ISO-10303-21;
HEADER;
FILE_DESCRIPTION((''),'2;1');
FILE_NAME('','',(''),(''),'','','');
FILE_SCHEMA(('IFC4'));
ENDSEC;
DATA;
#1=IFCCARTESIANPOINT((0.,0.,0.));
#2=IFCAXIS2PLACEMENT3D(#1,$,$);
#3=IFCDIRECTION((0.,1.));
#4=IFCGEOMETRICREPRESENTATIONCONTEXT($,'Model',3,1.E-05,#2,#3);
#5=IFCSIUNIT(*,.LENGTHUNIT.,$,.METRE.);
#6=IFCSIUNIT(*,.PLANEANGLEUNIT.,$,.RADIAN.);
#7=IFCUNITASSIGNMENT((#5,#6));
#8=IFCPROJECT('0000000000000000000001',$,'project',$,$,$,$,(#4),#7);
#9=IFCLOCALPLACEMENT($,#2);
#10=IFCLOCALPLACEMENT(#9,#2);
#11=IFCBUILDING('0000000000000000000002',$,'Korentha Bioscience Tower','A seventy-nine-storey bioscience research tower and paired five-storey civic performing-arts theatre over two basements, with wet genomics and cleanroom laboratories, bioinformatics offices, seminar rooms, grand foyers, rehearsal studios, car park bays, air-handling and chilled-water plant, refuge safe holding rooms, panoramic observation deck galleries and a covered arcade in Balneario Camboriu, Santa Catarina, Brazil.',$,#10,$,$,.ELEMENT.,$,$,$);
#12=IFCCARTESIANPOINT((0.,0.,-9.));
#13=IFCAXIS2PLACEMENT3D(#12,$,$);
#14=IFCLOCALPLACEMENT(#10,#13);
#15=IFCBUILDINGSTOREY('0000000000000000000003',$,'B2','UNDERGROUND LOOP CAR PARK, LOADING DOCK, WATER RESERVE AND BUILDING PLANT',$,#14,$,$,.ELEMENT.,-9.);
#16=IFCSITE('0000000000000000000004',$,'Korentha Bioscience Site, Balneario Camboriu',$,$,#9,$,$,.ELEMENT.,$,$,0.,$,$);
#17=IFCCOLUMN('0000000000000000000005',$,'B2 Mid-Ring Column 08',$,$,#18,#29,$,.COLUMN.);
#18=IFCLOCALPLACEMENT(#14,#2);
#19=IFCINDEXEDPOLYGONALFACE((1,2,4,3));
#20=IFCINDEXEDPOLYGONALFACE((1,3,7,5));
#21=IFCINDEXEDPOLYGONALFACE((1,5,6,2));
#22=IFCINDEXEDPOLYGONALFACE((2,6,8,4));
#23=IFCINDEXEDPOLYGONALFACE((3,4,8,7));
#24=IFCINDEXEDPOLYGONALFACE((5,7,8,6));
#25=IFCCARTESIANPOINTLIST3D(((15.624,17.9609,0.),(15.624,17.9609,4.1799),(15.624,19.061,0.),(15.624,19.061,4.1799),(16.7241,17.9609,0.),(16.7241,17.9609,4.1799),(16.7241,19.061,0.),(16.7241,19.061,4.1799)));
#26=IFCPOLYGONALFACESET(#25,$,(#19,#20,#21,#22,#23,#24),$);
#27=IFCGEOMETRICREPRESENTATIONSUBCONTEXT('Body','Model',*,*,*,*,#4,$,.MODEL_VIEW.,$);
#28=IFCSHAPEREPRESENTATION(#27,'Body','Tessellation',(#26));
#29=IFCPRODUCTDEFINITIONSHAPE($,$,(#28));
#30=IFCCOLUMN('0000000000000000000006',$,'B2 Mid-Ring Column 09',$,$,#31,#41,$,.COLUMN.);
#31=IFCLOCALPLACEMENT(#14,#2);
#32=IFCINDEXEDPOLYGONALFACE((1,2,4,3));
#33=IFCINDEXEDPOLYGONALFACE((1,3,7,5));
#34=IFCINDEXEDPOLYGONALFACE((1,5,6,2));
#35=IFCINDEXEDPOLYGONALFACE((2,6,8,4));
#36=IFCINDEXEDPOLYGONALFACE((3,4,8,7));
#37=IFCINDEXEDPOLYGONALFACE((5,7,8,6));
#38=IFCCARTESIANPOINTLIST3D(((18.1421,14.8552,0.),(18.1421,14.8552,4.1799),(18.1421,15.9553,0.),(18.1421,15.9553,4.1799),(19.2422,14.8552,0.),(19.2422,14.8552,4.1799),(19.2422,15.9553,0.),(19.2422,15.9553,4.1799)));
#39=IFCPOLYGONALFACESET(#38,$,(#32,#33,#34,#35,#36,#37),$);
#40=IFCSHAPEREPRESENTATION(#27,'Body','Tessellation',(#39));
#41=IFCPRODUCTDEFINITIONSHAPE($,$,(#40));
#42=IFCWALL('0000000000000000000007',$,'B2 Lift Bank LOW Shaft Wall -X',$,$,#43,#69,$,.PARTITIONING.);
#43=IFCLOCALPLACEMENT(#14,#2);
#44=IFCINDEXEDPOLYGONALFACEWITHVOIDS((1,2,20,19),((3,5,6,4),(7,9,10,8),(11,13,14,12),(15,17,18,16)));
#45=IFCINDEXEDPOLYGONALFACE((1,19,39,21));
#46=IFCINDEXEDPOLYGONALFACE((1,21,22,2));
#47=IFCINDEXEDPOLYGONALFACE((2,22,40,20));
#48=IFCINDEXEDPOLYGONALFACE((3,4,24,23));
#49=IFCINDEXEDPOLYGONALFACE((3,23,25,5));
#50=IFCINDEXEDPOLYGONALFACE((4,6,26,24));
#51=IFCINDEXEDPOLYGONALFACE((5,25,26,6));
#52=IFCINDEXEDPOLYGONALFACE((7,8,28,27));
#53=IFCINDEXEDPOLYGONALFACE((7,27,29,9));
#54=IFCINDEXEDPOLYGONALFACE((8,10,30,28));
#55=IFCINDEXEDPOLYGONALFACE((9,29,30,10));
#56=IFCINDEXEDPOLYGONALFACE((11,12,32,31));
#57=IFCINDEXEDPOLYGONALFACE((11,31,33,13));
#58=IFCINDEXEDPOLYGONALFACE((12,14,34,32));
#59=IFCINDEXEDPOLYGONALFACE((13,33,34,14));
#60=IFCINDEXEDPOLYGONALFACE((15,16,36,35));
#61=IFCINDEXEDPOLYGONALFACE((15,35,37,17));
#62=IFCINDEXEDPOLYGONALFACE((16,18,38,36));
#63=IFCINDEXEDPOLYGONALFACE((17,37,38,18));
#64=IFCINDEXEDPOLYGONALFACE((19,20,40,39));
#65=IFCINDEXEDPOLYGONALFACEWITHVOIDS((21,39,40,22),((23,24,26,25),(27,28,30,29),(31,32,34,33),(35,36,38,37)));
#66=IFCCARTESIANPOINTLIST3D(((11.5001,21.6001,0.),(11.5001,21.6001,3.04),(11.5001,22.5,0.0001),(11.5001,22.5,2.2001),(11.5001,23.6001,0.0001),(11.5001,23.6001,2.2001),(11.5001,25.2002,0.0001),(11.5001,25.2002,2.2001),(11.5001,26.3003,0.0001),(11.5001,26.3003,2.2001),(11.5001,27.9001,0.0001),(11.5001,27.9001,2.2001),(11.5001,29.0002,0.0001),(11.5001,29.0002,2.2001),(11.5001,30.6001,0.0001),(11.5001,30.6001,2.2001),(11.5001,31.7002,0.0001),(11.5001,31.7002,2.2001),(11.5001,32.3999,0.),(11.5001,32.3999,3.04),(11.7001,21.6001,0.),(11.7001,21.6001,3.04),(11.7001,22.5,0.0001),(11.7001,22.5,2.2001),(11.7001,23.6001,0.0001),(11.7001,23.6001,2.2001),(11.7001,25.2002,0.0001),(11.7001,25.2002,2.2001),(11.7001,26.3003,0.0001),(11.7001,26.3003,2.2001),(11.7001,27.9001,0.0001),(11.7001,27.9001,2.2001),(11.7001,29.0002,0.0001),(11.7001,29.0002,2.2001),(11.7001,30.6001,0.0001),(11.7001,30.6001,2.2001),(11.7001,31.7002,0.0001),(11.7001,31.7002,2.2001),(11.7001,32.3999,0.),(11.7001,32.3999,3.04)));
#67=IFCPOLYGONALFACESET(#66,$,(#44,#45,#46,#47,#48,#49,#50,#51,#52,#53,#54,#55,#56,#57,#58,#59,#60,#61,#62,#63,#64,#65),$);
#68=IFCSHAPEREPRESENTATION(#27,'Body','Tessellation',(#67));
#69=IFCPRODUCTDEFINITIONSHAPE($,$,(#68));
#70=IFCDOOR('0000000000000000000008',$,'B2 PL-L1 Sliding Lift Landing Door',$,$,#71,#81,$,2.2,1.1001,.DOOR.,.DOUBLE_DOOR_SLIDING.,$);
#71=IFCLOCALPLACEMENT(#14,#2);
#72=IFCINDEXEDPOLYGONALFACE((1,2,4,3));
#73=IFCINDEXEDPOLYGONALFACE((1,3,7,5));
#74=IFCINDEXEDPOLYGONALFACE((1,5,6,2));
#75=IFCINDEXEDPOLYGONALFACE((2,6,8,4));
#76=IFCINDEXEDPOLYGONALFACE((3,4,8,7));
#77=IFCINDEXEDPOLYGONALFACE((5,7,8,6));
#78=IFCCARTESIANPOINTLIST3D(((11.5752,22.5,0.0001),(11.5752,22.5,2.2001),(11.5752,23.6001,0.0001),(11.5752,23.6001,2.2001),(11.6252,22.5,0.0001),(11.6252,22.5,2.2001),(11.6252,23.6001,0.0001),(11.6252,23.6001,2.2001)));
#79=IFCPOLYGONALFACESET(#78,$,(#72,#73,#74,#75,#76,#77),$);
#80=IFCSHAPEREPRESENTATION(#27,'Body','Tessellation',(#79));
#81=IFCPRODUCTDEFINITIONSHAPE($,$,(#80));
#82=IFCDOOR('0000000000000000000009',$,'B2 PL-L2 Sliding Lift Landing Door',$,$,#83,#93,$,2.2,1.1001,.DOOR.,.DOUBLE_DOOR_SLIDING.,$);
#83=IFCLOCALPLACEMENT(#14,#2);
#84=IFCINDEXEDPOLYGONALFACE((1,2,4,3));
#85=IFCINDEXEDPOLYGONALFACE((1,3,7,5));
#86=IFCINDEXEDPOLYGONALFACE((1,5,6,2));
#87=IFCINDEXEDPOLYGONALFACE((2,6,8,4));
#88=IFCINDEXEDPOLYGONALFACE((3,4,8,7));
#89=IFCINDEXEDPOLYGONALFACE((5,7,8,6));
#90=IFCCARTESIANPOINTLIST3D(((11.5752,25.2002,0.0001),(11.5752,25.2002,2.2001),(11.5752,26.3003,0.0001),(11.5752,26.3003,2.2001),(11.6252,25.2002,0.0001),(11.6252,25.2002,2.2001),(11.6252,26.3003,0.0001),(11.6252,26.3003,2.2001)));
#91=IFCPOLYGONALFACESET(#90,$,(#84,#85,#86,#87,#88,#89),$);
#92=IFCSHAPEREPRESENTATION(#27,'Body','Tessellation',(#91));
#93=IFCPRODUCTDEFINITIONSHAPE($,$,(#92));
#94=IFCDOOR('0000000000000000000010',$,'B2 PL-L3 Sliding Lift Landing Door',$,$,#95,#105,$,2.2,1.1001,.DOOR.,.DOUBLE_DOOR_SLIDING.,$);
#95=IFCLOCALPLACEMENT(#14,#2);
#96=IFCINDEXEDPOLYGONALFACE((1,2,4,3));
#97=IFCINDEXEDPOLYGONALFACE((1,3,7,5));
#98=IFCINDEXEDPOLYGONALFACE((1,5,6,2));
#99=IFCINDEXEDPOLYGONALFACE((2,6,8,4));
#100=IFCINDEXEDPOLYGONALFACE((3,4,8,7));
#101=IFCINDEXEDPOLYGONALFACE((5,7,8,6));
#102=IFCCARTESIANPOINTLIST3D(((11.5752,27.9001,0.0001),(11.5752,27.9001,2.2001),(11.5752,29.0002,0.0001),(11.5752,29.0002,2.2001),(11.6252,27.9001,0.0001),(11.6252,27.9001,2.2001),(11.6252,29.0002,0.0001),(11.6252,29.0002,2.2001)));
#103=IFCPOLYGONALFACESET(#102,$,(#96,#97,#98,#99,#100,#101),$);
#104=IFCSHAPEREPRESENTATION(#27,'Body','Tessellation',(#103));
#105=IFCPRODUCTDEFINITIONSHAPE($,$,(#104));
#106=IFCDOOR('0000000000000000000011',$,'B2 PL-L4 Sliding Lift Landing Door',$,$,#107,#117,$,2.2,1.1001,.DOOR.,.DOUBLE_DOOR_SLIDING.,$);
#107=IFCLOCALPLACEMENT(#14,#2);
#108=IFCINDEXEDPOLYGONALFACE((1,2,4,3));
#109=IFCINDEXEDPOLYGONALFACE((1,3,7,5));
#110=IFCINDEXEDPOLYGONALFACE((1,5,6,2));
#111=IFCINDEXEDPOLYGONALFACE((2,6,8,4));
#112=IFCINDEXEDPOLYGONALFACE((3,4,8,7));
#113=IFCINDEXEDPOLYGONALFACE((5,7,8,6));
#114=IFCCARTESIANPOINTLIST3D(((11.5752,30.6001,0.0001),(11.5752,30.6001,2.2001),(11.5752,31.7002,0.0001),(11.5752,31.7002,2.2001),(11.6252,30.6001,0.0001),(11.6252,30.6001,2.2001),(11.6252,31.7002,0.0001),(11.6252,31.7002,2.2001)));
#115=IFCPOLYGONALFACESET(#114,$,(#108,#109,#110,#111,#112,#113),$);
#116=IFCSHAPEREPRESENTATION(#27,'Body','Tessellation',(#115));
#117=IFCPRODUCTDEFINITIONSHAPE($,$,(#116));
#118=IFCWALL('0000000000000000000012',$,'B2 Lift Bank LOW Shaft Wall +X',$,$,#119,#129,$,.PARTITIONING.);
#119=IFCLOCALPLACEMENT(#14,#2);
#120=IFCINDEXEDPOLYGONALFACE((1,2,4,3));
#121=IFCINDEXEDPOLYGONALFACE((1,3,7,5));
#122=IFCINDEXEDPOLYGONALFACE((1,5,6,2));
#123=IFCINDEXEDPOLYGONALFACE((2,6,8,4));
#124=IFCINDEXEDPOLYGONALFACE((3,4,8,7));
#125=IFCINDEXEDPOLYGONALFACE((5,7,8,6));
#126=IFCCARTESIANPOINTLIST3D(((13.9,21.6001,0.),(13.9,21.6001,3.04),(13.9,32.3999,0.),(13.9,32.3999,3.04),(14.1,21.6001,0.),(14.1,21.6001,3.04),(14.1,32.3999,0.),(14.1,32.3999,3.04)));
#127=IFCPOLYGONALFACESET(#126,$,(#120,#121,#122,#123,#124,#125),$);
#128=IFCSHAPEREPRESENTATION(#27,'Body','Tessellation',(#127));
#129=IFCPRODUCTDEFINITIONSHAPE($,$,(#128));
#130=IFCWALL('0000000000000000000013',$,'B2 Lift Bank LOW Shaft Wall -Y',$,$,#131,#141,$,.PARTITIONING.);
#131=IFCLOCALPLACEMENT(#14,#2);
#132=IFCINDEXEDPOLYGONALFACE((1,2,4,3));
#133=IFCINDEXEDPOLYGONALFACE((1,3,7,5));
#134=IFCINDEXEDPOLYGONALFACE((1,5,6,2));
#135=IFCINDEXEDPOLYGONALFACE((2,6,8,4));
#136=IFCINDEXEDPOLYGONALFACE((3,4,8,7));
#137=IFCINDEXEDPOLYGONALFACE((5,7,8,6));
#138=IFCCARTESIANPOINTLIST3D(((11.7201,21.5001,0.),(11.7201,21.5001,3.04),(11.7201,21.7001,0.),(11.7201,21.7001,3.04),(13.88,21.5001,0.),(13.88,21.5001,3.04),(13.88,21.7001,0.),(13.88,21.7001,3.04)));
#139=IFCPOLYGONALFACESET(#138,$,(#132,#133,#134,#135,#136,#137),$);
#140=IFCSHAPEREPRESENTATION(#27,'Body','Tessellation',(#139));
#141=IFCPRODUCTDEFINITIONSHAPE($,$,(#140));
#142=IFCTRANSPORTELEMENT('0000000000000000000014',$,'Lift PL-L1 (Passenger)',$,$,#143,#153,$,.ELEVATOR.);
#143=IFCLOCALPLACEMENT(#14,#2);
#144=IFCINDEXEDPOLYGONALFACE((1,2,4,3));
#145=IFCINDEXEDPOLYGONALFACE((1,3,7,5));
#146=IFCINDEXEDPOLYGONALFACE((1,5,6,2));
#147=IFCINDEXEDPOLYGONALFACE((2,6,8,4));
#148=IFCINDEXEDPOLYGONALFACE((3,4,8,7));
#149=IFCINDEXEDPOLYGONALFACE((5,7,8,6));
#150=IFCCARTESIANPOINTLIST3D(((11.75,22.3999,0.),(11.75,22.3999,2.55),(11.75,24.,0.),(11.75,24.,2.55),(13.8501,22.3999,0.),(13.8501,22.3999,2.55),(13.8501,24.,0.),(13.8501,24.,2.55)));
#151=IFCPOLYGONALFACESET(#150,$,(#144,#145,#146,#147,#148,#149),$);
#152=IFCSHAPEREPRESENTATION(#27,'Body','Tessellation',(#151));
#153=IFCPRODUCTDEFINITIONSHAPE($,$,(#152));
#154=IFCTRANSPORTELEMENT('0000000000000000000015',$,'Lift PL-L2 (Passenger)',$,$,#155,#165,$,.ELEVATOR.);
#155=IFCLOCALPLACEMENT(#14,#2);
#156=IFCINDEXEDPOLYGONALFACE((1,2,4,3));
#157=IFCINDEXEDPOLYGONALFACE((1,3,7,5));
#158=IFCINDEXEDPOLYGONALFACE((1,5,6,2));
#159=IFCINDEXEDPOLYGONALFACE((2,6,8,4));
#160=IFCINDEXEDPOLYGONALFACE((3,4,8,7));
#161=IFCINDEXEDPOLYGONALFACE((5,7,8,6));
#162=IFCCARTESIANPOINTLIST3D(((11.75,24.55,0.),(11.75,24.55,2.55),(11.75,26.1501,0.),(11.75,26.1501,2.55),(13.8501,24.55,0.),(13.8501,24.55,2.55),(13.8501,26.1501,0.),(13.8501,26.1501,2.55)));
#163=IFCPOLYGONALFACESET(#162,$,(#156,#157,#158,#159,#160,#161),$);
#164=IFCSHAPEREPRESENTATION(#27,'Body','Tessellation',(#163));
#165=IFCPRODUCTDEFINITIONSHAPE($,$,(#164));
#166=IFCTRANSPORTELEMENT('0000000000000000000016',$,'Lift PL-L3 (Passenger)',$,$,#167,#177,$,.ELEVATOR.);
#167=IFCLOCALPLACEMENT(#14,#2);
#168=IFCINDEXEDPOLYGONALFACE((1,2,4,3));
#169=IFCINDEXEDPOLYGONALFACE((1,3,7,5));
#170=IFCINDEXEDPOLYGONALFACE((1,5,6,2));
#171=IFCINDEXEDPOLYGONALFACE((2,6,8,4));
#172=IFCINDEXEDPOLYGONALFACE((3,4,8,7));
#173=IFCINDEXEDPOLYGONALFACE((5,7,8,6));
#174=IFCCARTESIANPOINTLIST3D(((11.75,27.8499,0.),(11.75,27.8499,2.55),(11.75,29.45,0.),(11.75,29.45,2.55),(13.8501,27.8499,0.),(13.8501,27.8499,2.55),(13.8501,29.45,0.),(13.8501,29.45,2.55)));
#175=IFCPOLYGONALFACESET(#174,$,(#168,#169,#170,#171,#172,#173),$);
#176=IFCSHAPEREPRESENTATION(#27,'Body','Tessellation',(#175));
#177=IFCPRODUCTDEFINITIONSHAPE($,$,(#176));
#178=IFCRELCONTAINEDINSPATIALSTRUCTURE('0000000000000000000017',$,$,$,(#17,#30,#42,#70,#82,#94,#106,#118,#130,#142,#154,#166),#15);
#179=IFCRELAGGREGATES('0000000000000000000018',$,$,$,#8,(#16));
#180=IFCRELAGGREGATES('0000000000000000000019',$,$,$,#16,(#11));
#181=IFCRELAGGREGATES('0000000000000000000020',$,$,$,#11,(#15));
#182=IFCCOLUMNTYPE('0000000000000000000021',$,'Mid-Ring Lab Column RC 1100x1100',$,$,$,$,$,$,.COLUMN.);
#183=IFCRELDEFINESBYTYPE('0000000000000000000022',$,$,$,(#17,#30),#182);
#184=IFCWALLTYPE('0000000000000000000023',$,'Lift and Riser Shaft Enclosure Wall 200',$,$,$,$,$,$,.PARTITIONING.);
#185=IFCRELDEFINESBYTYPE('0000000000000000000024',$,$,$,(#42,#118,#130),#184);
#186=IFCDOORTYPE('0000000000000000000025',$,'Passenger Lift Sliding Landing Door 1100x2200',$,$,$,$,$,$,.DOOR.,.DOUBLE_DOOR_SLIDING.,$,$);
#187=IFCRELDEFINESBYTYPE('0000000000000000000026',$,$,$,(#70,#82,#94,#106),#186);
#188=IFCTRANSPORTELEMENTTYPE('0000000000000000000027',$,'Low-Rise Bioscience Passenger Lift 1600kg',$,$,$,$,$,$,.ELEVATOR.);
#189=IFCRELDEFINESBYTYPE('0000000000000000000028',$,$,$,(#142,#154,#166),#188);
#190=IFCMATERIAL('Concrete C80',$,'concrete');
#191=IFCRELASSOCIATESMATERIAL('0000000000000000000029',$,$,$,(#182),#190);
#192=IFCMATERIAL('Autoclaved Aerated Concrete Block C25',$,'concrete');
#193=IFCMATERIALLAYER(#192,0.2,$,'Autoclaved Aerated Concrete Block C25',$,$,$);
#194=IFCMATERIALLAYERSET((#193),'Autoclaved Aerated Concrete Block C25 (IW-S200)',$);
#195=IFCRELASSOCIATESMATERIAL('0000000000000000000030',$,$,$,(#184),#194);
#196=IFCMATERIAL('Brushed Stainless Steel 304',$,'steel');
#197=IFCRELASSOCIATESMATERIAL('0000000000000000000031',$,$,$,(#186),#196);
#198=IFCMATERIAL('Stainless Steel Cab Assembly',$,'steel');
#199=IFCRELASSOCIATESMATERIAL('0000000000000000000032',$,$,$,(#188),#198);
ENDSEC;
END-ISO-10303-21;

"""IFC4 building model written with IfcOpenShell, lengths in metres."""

from ifc_helpers import new_model, si_unit, direction, frame, frame_2d, origin, origin_2d, place, context, subcontext, project, spatial, rectangle, extrude, material, layer, layer_set, material_profile, profile_set, type_object, element, fill, save


model = new_model("IFC4")

# Units and contexts
model_context = context("Model", 3, precision=1e-05, world=origin(), true_north=direction((0.0, 1.0)))
body_context = subcontext(model_context, "Body", "Model", "MODEL_VIEW")
ifc_project = project(units=[si_unit("LENGTHUNIT", "METRE"), si_unit("PLANEANGLEUNIT", "RADIAN")], contexts=[model_context])

# Site, building, storey
site_placement = place(None, origin())
site = spatial("IfcSite", under=ifc_project, at=site_placement, Name="Korentha Bioscience Site, Balneario Camboriu", CompositionType="ELEMENT", RefElevation=0.0)
building_placement = place(site_placement, origin())
building = spatial("IfcBuilding", under=site, at=building_placement, Name="Korentha Bioscience Tower", Description="A seventy-nine-storey bioscience research tower and paired five-storey civic performing-arts theatre over two basements, with wet genomics and cleanroom laboratories, bioinformatics offices, seminar rooms, grand foyers, rehearsal studios, car park bays, air-handling and chilled-water plant, refuge safe holding rooms, panoramic observation deck galleries and a covered arcade in Balneario Camboriu, Santa Catarina, Brazil.", CompositionType="ELEMENT")
storey_placement = place(building_placement, frame((0.0, 0.0, -9.0)))
storey = spatial("IfcBuildingStorey", under=building, at=storey_placement, Name="B2", Description="UNDERGROUND LOOP CAR PARK, LOADING DOCK, WATER RESERVE AND BUILDING PLANT", CompositionType="ELEMENT", Elevation=-9.0)

# Columns
ifc_material_1 = material(Name="Concrete C80", Category="concrete")
ifc_material_profile_1 = material_profile(ifc_material_1, rectangle(XDim=1.1001, YDim=1.1001, at=origin_2d()), Name="Concrete C80")
ifc_profile_set_1 = profile_set([ifc_material_profile_1], Name="Concrete C80 (COL-MR11)")
column_type_1 = type_object("IfcColumnType", Name="Mid-Ring Lab Column RC 1100x1100", PredefinedType="COLUMN", material=ifc_profile_set_1)
for number, where, z_axis, x_axis, name in (
    (1, (16.1741, 18.511, 0.0), (0.0, 0.0, 1.0), (1.0, 0.0, 0.0), "B2 Mid-Ring Column 08"),
    (2, (18.6921, 15.4053, 0.0), (0.0, 0.0, 1.0), (1.0, 0.0, 0.0), "B2 Mid-Ring Column 09"),
):
    element("IfcColumn", number, at=place(storey_placement, frame(where, z_axis=z_axis, x_axis=x_axis)), inside=storey, type_object=column_type_1, Name=name, PredefinedType="COLUMN", context=body_context, shape_type="SweptSolid", body=[
        extrude(rectangle(XDim=1.1001, YDim=1.1001, at=origin_2d()), origin(), (0.0, 0.0, 1.0), 4.1799),
    ])

# Wall, openings, doors
ifc_material_2 = material(Name="Autoclaved Aerated Concrete Block C25", Category="concrete")
ifc_layer = layer(ifc_material_2, 0.2, Name="Autoclaved Aerated Concrete Block C25")
ifc_layer_set = layer_set([ifc_layer], Name="Autoclaved Aerated Concrete Block C25 (IW-S200)")
wall_type = type_object("IfcWallType", Name="Lift and Riser Shaft Enclosure Wall 200", PredefinedType="PARTITIONING", material=ifc_layer_set)
wall_1_placement = place(storey_placement, frame((11.6001, 21.6001, 0.0), z_axis=(0.0, 0.0, 1.0), x_axis=(0.0, 1.0, 0.0)))
wall_1 = element("IfcWall", 3, at=wall_1_placement, inside=storey, type_object=wall_type, Name="B2 Lift Bank LOW Shaft Wall -X", PredefinedType="PARTITIONING", context=body_context, shape_type="SweptSolid", body=[
    extrude(rectangle(XDim=10.7998, YDim=0.2, at=frame_2d((5.3999, 0.0))), origin(), (0.0, 0.0, 1.0), 3.04),
])
opening_1_placement = place(wall_1_placement, frame((0.8999, 0.0, 0.0)))
opening_1 = element("IfcOpeningElement", 4, at=opening_1_placement, cuts=wall_1, PredefinedType="OPENING", context=body_context, shape_type="SweptSolid", body=[
    extrude(rectangle(XDim=1.1001, YDim=2.2, at=frame_2d((0.55, 1.1001))), frame((0.0, 0.1147, 0.0), z_axis=(0.0, -1.0, 0.0), x_axis=(1.0, 0.0, 0.0)), (0.0, 0.0, 1.0), 0.2297),
])
opening_2_placement = place(wall_1_placement, frame((3.6001, 0.0, 0.0)))
opening_2 = element("IfcOpeningElement", 5, at=opening_2_placement, cuts=wall_1, PredefinedType="OPENING", context=body_context, shape_type="SweptSolid", body=[
    extrude(rectangle(XDim=1.1001, YDim=2.2, at=frame_2d((0.55, 1.1001))), frame((0.0, 0.1147, 0.0), z_axis=(0.0, -1.0, 0.0), x_axis=(1.0, 0.0, 0.0)), (0.0, 0.0, 1.0), 0.2297),
])
opening_3_placement = place(wall_1_placement, frame((6.3, 0.0, 0.0)))
opening_3 = element("IfcOpeningElement", 6, at=opening_3_placement, cuts=wall_1, PredefinedType="OPENING", context=body_context, shape_type="SweptSolid", body=[
    extrude(rectangle(XDim=1.1001, YDim=2.2, at=frame_2d((0.55, 1.1001))), frame((0.0, 0.1147, 0.0), z_axis=(0.0, -1.0, 0.0), x_axis=(1.0, 0.0, 0.0)), (0.0, 0.0, 1.0), 0.2297),
])
opening_4_placement = place(wall_1_placement, frame((9.0, 0.0, 0.0)))
opening_4 = element("IfcOpeningElement", 7, at=opening_4_placement, cuts=wall_1, PredefinedType="OPENING", context=body_context, shape_type="SweptSolid", body=[
    extrude(rectangle(XDim=1.1001, YDim=2.2, at=frame_2d((0.55, 1.1001))), frame((0.0, 0.1147, 0.0), z_axis=(0.0, -1.0, 0.0), x_axis=(1.0, 0.0, 0.0)), (0.0, 0.0, 1.0), 0.2297),
])
ifc_material_3 = material(Name="Brushed Stainless Steel 304", Category="steel")
door_type = type_object("IfcDoorType", Name="Passenger Lift Sliding Landing Door 1100x2200", OperationType="DOUBLE_DOOR_SLIDING", PredefinedType="DOOR", material=ifc_material_3)
door_1_placement = place(opening_1_placement, origin())
door_1 = element("IfcDoor", 8, at=door_1_placement, inside=storey, type_object=door_type, Name="B2 PL-L1 Sliding Lift Landing Door", OperationType="DOUBLE_DOOR_SLIDING", OverallHeight=2.2, OverallWidth=1.1001, PredefinedType="DOOR", context=body_context, shape_type="SweptSolid", body=[
    extrude(rectangle(XDim=1.1001, YDim=2.2, at=frame_2d((0.55, 1.1001))), frame((0.0, 0.0249, 0.0), z_axis=(0.0, -1.0, 0.0), x_axis=(1.0, 0.0, 0.0)), (0.0, 0.0, 1.0), 0.05),
])
fill(opening_1, door_1)
door_2_placement = place(opening_2_placement, origin())
door_2 = element("IfcDoor", 9, at=door_2_placement, inside=storey, type_object=door_type, Name="B2 PL-L2 Sliding Lift Landing Door", OperationType="DOUBLE_DOOR_SLIDING", OverallHeight=2.2, OverallWidth=1.1001, PredefinedType="DOOR", context=body_context, shape_type="SweptSolid", body=[
    extrude(rectangle(XDim=1.1001, YDim=2.2, at=frame_2d((0.55, 1.1001))), frame((0.0, 0.0249, 0.0), z_axis=(0.0, -1.0, 0.0), x_axis=(1.0, 0.0, 0.0)), (0.0, 0.0, 1.0), 0.05),
])
fill(opening_2, door_2)
door_3_placement = place(opening_3_placement, origin())
door_3 = element("IfcDoor", 10, at=door_3_placement, inside=storey, type_object=door_type, Name="B2 PL-L3 Sliding Lift Landing Door", OperationType="DOUBLE_DOOR_SLIDING", OverallHeight=2.2, OverallWidth=1.1001, PredefinedType="DOOR", context=body_context, shape_type="SweptSolid", body=[
    extrude(rectangle(XDim=1.1001, YDim=2.2, at=frame_2d((0.55, 1.1001))), frame((0.0, 0.0249, 0.0), z_axis=(0.0, -1.0, 0.0), x_axis=(1.0, 0.0, 0.0)), (0.0, 0.0, 1.0), 0.05),
])
fill(opening_3, door_3)
door_4_placement = place(opening_4_placement, origin())
door_4 = element("IfcDoor", 11, at=door_4_placement, inside=storey, type_object=door_type, Name="B2 PL-L4 Sliding Lift Landing Door", OperationType="DOUBLE_DOOR_SLIDING", OverallHeight=2.2, OverallWidth=1.1001, PredefinedType="DOOR", context=body_context, shape_type="SweptSolid", body=[
    extrude(rectangle(XDim=1.1001, YDim=2.2, at=frame_2d((0.55, 1.1001))), frame((0.0, 0.0249, 0.0), z_axis=(0.0, -1.0, 0.0), x_axis=(1.0, 0.0, 0.0)), (0.0, 0.0, 1.0), 0.05),
])
fill(opening_4, door_4)

# Walls
wall_2_placement = place(storey_placement, frame((14.0, 21.6001, 0.0), z_axis=(0.0, 0.0, 1.0), x_axis=(0.0, 1.0, 0.0)))
element("IfcWall", 12, at=wall_2_placement, inside=storey, type_object=wall_type, Name="B2 Lift Bank LOW Shaft Wall +X", PredefinedType="PARTITIONING", context=body_context, shape_type="SweptSolid", body=[
    extrude(rectangle(XDim=10.7998, YDim=0.2, at=frame_2d((5.3999, 0.0))), origin(), (0.0, 0.0, 1.0), 3.04),
])
wall_3_placement = place(storey_placement, frame((11.72, 21.6001, 0.0), z_axis=(0.0, 0.0, 1.0), x_axis=(1.0, 0.0, 0.0)))
element("IfcWall", 13, at=wall_3_placement, inside=storey, type_object=wall_type, Name="B2 Lift Bank LOW Shaft Wall -Y", PredefinedType="PARTITIONING", context=body_context, shape_type="SweptSolid", body=[
    extrude(rectangle(XDim=2.1599, YDim=0.2, at=frame_2d((1.0801, 0.0))), origin(), (0.0, 0.0, 1.0), 3.04),
])

# Transport elements
ifc_material_4 = material(Name="Stainless Steel Cab Assembly", Category="steel")
transport_element_type = type_object("IfcTransportElementType", Name="Low-Rise Bioscience Passenger Lift 1600kg", PredefinedType="ELEVATOR", material=ifc_material_4)
for number, where, z_axis, x_axis, name in (
    (14, (12.8, 23.2, 0.0), (0.0, 0.0, 1.0), (0.0, 1.0, 0.0), "Lift PL-L1 (Passenger)"),
    (15, (12.8, 25.3501, 0.0), (0.0, 0.0, 1.0), (0.0, 1.0, 0.0), "Lift PL-L2 (Passenger)"),
    (16, (12.8, 28.6499, 0.0), (0.0, 0.0, 1.0), (0.0, 1.0, 0.0), "Lift PL-L3 (Passenger)"),
):
    element("IfcTransportElement", number, at=place(storey_placement, frame(where, z_axis=z_axis, x_axis=x_axis)), inside=storey, type_object=transport_element_type, Name=name, PredefinedType="ELEVATOR", context=body_context, shape_type="SweptSolid", body=[
        extrude(rectangle(XDim=1.6001, YDim=2.1001, at=origin_2d()), origin(), (0.0, 0.0, 1.0), 2.55),
    ])

save(model, "model.ifc")
